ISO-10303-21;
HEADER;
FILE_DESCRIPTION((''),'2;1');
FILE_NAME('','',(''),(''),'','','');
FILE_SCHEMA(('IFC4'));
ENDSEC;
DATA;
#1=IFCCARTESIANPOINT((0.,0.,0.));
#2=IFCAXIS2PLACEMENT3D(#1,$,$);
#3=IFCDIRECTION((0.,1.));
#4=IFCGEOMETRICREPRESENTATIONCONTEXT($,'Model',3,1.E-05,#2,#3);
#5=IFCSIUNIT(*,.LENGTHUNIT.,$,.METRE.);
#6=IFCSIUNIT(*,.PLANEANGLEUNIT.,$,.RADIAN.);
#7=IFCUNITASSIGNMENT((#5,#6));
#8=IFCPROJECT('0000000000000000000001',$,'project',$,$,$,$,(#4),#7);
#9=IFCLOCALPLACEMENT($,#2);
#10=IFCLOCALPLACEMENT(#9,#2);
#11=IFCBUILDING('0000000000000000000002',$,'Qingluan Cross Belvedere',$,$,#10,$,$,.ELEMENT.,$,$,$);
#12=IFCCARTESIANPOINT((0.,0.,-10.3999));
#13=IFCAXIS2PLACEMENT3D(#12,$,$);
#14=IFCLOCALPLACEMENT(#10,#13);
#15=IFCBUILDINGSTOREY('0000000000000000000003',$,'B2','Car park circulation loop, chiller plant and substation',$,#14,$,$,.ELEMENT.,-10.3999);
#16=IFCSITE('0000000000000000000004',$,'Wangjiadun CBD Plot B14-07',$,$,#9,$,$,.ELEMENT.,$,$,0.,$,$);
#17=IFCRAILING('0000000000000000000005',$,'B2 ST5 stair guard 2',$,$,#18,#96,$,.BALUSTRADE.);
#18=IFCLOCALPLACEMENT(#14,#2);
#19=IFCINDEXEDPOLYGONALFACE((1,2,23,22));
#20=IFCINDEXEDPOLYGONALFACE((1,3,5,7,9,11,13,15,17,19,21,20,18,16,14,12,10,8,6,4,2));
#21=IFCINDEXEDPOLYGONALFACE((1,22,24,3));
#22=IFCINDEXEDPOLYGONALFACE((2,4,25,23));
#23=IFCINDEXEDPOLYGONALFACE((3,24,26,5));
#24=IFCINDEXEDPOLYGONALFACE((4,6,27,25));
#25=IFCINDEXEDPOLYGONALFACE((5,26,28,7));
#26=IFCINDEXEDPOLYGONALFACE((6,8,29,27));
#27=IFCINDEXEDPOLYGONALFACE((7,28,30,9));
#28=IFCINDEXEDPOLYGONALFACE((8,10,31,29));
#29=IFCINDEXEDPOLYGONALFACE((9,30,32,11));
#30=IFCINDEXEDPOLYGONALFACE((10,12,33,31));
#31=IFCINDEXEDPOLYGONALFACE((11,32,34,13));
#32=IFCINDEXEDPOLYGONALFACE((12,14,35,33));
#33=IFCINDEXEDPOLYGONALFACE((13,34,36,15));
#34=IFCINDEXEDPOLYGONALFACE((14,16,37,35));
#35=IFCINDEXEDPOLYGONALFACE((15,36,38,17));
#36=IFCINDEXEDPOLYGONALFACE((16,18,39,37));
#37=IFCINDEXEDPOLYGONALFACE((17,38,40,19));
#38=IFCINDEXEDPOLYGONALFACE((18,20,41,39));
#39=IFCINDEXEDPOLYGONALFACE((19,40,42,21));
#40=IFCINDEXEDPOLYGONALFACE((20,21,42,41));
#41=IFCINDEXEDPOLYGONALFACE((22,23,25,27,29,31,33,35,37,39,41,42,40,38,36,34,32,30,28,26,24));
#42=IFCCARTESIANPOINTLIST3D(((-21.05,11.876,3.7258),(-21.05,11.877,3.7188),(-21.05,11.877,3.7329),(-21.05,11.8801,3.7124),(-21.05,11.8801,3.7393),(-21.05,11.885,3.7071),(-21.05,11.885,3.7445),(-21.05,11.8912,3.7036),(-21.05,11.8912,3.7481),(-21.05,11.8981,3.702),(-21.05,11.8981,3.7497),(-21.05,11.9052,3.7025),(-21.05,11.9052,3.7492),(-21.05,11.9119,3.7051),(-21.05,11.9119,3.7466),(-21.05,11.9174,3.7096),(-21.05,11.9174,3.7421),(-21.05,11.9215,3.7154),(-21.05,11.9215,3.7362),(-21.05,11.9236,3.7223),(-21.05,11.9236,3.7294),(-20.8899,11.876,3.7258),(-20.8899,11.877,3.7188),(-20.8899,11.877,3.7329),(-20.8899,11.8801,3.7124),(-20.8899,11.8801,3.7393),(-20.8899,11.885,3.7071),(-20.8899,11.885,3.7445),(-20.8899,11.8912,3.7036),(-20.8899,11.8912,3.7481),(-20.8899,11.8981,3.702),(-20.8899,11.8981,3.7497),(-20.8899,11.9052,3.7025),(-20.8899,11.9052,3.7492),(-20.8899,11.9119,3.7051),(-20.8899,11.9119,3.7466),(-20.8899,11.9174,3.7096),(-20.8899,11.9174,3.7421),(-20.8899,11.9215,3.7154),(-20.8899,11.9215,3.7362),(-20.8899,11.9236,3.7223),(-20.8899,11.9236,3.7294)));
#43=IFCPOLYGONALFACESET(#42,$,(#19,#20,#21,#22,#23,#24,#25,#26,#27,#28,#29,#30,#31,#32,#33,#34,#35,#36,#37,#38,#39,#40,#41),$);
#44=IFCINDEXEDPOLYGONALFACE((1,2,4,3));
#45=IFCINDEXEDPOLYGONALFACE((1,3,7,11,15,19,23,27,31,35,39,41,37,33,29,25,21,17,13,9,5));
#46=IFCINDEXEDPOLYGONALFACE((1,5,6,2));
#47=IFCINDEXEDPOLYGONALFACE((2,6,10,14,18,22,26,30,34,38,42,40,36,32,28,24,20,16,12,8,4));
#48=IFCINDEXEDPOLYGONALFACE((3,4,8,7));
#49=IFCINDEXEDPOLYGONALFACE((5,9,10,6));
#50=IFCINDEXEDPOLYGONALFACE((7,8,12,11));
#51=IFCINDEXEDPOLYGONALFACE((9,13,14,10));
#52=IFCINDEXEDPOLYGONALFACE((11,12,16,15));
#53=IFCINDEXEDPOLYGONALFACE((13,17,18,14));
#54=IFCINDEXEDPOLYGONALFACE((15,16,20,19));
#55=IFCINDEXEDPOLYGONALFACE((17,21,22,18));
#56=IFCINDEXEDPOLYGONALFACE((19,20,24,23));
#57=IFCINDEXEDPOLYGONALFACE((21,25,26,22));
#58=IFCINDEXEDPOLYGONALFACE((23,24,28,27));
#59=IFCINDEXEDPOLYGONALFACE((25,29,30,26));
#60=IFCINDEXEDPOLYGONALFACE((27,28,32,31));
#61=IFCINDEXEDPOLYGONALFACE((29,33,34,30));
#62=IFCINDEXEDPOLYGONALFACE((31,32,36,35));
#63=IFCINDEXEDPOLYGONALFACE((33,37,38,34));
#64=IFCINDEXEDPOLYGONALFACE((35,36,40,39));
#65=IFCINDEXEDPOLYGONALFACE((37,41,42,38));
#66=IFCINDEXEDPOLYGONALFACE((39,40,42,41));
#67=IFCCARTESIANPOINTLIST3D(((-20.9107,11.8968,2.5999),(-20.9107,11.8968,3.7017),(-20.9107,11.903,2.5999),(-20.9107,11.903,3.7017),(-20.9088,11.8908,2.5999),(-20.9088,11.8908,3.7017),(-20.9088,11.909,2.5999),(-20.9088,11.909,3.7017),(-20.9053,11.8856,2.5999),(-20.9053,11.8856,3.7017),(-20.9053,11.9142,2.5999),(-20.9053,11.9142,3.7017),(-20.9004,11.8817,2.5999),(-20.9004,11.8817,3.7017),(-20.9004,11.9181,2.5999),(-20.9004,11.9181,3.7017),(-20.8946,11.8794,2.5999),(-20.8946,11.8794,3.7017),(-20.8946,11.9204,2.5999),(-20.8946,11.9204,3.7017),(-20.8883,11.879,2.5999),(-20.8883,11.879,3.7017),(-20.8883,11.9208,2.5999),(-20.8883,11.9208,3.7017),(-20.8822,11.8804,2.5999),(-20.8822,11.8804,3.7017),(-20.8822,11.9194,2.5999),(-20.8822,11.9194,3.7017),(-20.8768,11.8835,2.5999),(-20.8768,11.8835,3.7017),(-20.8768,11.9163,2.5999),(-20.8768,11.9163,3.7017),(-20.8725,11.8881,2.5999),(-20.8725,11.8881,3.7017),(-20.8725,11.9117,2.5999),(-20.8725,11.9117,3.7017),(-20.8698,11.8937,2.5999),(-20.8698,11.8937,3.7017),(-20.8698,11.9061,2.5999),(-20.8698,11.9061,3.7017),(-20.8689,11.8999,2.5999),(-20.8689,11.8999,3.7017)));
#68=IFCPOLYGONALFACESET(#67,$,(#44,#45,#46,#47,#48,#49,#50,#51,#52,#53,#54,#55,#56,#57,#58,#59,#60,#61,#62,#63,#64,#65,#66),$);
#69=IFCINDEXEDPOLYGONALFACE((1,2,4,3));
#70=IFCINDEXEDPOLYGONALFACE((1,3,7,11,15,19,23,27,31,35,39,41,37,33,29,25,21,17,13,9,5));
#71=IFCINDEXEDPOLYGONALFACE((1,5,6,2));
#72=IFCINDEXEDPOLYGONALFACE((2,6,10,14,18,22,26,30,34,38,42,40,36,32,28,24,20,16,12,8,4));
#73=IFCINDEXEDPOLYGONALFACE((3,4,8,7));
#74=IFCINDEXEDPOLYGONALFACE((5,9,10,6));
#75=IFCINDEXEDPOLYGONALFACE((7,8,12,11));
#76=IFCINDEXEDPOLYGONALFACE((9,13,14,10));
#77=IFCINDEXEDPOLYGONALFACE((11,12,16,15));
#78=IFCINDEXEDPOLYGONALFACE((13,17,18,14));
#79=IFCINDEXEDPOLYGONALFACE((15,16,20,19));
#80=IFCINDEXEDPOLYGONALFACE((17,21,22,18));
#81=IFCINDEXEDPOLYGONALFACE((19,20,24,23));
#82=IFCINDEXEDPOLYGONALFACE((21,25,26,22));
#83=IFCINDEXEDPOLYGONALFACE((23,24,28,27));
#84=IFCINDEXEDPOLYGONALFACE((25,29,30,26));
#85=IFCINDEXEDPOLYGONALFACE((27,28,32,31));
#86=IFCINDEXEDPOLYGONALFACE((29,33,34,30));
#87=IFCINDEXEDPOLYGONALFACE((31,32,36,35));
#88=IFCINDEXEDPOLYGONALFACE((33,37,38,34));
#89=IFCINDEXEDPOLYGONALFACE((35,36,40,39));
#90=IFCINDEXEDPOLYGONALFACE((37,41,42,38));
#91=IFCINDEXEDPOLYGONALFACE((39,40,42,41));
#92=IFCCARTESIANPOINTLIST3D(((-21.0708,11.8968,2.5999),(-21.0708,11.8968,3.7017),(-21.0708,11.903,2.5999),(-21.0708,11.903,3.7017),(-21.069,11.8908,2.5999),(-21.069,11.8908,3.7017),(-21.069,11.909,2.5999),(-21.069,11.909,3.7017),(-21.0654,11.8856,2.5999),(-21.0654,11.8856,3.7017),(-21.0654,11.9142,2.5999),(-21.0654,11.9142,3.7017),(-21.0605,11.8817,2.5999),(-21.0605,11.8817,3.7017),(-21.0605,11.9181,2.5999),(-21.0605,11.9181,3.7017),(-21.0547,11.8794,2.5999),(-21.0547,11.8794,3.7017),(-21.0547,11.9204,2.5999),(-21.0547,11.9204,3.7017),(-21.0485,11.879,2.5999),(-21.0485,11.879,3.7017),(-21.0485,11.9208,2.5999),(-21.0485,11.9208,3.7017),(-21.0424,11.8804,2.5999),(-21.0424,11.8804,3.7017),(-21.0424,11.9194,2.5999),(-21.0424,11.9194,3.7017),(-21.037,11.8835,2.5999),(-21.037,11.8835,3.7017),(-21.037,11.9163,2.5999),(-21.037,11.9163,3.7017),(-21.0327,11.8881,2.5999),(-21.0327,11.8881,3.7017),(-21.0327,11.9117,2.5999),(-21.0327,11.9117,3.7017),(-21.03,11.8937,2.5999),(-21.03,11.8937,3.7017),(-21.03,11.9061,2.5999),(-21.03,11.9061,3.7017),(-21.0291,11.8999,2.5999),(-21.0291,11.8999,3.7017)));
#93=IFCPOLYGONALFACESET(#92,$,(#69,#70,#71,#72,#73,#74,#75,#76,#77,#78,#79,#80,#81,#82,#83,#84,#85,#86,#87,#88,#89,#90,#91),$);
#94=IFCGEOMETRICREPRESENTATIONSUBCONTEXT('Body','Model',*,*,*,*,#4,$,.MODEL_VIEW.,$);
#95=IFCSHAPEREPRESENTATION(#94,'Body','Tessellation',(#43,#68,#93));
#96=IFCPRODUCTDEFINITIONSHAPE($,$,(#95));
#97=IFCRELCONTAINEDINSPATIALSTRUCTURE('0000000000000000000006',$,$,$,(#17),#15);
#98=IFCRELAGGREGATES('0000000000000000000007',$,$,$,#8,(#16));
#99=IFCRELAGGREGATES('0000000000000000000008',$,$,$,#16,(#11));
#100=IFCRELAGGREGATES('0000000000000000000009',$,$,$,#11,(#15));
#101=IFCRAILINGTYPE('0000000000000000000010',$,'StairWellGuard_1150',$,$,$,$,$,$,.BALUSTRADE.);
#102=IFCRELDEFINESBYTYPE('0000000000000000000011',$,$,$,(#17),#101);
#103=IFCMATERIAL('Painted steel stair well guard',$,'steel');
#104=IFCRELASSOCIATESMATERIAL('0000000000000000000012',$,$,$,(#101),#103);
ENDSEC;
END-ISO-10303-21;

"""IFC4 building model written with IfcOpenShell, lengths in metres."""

from ifc_helpers import new_model, si_unit, direction, frame, origin, origin_2d, place, context, subcontext, project, spatial, circle, extrude, material, type_object, element, save


model = new_model("IFC4")

# Units and contexts
model_context = context("Model", 3, precision=1e-05, world=origin(), true_north=direction((0.0, 1.0)))
body_context = subcontext(model_context, "Body", "Model", "MODEL_VIEW")
ifc_project = project(units=[si_unit("LENGTHUNIT", "METRE"), si_unit("PLANEANGLEUNIT", "RADIAN")], contexts=[model_context])

# Site, building, storey
site_placement = place(None, origin())
site = spatial("IfcSite", under=ifc_project, at=site_placement, Name="Wangjiadun CBD Plot B14-07", CompositionType="ELEMENT", RefElevation=0.0)
building_placement = place(site_placement, origin())
building = spatial("IfcBuilding", under=site, at=building_placement, Name="Qingluan Cross Belvedere", CompositionType="ELEMENT")
storey_placement = place(building_placement, frame((0.0, 0.0, -10.3999)))
storey = spatial("IfcBuildingStorey", under=building, at=storey_placement, Name="B2", Description="Car park circulation loop, chiller plant and substation", CompositionType="ELEMENT", Elevation=-10.3999)

# Railing
ifc_material_1 = material(Name="Painted steel stair well guard", Category="steel")
railing_type_1 = type_object("IfcRailingType", Name="StairWellGuard_1150", PredefinedType="BALUSTRADE", material=ifc_material_1)
railing_1_placement = place(storey_placement, frame((-20.8899, 11.8999, 2.5999)))
element("IfcRailing", 1, at=railing_1_placement, inside=storey, type_object=railing_type_1, Name="B2 ST5 stair guard 2", PredefinedType="BALUSTRADE", context=body_context, shape_type="SweptSolid", body=[
    extrude(circle(Radius=0.0239, at=origin_2d()), frame((0.0, 0.0, 1.126), z_axis=(-1.0, 0.0, 0.0), x_axis=(0.0, -1.0, 0.0)), (0.0, 0.0, 1.0), 0.1602),
    extrude(circle(Radius=0.021, at=origin_2d()), origin(), (0.0, 0.0, 1.0), 1.1018),
    extrude(circle(Radius=0.021, at=origin_2d()), frame((-0.1602, 0.0, 0.0)), (0.0, 0.0, 1.0), 1.1018),
])

save(model, "model.ifc")
